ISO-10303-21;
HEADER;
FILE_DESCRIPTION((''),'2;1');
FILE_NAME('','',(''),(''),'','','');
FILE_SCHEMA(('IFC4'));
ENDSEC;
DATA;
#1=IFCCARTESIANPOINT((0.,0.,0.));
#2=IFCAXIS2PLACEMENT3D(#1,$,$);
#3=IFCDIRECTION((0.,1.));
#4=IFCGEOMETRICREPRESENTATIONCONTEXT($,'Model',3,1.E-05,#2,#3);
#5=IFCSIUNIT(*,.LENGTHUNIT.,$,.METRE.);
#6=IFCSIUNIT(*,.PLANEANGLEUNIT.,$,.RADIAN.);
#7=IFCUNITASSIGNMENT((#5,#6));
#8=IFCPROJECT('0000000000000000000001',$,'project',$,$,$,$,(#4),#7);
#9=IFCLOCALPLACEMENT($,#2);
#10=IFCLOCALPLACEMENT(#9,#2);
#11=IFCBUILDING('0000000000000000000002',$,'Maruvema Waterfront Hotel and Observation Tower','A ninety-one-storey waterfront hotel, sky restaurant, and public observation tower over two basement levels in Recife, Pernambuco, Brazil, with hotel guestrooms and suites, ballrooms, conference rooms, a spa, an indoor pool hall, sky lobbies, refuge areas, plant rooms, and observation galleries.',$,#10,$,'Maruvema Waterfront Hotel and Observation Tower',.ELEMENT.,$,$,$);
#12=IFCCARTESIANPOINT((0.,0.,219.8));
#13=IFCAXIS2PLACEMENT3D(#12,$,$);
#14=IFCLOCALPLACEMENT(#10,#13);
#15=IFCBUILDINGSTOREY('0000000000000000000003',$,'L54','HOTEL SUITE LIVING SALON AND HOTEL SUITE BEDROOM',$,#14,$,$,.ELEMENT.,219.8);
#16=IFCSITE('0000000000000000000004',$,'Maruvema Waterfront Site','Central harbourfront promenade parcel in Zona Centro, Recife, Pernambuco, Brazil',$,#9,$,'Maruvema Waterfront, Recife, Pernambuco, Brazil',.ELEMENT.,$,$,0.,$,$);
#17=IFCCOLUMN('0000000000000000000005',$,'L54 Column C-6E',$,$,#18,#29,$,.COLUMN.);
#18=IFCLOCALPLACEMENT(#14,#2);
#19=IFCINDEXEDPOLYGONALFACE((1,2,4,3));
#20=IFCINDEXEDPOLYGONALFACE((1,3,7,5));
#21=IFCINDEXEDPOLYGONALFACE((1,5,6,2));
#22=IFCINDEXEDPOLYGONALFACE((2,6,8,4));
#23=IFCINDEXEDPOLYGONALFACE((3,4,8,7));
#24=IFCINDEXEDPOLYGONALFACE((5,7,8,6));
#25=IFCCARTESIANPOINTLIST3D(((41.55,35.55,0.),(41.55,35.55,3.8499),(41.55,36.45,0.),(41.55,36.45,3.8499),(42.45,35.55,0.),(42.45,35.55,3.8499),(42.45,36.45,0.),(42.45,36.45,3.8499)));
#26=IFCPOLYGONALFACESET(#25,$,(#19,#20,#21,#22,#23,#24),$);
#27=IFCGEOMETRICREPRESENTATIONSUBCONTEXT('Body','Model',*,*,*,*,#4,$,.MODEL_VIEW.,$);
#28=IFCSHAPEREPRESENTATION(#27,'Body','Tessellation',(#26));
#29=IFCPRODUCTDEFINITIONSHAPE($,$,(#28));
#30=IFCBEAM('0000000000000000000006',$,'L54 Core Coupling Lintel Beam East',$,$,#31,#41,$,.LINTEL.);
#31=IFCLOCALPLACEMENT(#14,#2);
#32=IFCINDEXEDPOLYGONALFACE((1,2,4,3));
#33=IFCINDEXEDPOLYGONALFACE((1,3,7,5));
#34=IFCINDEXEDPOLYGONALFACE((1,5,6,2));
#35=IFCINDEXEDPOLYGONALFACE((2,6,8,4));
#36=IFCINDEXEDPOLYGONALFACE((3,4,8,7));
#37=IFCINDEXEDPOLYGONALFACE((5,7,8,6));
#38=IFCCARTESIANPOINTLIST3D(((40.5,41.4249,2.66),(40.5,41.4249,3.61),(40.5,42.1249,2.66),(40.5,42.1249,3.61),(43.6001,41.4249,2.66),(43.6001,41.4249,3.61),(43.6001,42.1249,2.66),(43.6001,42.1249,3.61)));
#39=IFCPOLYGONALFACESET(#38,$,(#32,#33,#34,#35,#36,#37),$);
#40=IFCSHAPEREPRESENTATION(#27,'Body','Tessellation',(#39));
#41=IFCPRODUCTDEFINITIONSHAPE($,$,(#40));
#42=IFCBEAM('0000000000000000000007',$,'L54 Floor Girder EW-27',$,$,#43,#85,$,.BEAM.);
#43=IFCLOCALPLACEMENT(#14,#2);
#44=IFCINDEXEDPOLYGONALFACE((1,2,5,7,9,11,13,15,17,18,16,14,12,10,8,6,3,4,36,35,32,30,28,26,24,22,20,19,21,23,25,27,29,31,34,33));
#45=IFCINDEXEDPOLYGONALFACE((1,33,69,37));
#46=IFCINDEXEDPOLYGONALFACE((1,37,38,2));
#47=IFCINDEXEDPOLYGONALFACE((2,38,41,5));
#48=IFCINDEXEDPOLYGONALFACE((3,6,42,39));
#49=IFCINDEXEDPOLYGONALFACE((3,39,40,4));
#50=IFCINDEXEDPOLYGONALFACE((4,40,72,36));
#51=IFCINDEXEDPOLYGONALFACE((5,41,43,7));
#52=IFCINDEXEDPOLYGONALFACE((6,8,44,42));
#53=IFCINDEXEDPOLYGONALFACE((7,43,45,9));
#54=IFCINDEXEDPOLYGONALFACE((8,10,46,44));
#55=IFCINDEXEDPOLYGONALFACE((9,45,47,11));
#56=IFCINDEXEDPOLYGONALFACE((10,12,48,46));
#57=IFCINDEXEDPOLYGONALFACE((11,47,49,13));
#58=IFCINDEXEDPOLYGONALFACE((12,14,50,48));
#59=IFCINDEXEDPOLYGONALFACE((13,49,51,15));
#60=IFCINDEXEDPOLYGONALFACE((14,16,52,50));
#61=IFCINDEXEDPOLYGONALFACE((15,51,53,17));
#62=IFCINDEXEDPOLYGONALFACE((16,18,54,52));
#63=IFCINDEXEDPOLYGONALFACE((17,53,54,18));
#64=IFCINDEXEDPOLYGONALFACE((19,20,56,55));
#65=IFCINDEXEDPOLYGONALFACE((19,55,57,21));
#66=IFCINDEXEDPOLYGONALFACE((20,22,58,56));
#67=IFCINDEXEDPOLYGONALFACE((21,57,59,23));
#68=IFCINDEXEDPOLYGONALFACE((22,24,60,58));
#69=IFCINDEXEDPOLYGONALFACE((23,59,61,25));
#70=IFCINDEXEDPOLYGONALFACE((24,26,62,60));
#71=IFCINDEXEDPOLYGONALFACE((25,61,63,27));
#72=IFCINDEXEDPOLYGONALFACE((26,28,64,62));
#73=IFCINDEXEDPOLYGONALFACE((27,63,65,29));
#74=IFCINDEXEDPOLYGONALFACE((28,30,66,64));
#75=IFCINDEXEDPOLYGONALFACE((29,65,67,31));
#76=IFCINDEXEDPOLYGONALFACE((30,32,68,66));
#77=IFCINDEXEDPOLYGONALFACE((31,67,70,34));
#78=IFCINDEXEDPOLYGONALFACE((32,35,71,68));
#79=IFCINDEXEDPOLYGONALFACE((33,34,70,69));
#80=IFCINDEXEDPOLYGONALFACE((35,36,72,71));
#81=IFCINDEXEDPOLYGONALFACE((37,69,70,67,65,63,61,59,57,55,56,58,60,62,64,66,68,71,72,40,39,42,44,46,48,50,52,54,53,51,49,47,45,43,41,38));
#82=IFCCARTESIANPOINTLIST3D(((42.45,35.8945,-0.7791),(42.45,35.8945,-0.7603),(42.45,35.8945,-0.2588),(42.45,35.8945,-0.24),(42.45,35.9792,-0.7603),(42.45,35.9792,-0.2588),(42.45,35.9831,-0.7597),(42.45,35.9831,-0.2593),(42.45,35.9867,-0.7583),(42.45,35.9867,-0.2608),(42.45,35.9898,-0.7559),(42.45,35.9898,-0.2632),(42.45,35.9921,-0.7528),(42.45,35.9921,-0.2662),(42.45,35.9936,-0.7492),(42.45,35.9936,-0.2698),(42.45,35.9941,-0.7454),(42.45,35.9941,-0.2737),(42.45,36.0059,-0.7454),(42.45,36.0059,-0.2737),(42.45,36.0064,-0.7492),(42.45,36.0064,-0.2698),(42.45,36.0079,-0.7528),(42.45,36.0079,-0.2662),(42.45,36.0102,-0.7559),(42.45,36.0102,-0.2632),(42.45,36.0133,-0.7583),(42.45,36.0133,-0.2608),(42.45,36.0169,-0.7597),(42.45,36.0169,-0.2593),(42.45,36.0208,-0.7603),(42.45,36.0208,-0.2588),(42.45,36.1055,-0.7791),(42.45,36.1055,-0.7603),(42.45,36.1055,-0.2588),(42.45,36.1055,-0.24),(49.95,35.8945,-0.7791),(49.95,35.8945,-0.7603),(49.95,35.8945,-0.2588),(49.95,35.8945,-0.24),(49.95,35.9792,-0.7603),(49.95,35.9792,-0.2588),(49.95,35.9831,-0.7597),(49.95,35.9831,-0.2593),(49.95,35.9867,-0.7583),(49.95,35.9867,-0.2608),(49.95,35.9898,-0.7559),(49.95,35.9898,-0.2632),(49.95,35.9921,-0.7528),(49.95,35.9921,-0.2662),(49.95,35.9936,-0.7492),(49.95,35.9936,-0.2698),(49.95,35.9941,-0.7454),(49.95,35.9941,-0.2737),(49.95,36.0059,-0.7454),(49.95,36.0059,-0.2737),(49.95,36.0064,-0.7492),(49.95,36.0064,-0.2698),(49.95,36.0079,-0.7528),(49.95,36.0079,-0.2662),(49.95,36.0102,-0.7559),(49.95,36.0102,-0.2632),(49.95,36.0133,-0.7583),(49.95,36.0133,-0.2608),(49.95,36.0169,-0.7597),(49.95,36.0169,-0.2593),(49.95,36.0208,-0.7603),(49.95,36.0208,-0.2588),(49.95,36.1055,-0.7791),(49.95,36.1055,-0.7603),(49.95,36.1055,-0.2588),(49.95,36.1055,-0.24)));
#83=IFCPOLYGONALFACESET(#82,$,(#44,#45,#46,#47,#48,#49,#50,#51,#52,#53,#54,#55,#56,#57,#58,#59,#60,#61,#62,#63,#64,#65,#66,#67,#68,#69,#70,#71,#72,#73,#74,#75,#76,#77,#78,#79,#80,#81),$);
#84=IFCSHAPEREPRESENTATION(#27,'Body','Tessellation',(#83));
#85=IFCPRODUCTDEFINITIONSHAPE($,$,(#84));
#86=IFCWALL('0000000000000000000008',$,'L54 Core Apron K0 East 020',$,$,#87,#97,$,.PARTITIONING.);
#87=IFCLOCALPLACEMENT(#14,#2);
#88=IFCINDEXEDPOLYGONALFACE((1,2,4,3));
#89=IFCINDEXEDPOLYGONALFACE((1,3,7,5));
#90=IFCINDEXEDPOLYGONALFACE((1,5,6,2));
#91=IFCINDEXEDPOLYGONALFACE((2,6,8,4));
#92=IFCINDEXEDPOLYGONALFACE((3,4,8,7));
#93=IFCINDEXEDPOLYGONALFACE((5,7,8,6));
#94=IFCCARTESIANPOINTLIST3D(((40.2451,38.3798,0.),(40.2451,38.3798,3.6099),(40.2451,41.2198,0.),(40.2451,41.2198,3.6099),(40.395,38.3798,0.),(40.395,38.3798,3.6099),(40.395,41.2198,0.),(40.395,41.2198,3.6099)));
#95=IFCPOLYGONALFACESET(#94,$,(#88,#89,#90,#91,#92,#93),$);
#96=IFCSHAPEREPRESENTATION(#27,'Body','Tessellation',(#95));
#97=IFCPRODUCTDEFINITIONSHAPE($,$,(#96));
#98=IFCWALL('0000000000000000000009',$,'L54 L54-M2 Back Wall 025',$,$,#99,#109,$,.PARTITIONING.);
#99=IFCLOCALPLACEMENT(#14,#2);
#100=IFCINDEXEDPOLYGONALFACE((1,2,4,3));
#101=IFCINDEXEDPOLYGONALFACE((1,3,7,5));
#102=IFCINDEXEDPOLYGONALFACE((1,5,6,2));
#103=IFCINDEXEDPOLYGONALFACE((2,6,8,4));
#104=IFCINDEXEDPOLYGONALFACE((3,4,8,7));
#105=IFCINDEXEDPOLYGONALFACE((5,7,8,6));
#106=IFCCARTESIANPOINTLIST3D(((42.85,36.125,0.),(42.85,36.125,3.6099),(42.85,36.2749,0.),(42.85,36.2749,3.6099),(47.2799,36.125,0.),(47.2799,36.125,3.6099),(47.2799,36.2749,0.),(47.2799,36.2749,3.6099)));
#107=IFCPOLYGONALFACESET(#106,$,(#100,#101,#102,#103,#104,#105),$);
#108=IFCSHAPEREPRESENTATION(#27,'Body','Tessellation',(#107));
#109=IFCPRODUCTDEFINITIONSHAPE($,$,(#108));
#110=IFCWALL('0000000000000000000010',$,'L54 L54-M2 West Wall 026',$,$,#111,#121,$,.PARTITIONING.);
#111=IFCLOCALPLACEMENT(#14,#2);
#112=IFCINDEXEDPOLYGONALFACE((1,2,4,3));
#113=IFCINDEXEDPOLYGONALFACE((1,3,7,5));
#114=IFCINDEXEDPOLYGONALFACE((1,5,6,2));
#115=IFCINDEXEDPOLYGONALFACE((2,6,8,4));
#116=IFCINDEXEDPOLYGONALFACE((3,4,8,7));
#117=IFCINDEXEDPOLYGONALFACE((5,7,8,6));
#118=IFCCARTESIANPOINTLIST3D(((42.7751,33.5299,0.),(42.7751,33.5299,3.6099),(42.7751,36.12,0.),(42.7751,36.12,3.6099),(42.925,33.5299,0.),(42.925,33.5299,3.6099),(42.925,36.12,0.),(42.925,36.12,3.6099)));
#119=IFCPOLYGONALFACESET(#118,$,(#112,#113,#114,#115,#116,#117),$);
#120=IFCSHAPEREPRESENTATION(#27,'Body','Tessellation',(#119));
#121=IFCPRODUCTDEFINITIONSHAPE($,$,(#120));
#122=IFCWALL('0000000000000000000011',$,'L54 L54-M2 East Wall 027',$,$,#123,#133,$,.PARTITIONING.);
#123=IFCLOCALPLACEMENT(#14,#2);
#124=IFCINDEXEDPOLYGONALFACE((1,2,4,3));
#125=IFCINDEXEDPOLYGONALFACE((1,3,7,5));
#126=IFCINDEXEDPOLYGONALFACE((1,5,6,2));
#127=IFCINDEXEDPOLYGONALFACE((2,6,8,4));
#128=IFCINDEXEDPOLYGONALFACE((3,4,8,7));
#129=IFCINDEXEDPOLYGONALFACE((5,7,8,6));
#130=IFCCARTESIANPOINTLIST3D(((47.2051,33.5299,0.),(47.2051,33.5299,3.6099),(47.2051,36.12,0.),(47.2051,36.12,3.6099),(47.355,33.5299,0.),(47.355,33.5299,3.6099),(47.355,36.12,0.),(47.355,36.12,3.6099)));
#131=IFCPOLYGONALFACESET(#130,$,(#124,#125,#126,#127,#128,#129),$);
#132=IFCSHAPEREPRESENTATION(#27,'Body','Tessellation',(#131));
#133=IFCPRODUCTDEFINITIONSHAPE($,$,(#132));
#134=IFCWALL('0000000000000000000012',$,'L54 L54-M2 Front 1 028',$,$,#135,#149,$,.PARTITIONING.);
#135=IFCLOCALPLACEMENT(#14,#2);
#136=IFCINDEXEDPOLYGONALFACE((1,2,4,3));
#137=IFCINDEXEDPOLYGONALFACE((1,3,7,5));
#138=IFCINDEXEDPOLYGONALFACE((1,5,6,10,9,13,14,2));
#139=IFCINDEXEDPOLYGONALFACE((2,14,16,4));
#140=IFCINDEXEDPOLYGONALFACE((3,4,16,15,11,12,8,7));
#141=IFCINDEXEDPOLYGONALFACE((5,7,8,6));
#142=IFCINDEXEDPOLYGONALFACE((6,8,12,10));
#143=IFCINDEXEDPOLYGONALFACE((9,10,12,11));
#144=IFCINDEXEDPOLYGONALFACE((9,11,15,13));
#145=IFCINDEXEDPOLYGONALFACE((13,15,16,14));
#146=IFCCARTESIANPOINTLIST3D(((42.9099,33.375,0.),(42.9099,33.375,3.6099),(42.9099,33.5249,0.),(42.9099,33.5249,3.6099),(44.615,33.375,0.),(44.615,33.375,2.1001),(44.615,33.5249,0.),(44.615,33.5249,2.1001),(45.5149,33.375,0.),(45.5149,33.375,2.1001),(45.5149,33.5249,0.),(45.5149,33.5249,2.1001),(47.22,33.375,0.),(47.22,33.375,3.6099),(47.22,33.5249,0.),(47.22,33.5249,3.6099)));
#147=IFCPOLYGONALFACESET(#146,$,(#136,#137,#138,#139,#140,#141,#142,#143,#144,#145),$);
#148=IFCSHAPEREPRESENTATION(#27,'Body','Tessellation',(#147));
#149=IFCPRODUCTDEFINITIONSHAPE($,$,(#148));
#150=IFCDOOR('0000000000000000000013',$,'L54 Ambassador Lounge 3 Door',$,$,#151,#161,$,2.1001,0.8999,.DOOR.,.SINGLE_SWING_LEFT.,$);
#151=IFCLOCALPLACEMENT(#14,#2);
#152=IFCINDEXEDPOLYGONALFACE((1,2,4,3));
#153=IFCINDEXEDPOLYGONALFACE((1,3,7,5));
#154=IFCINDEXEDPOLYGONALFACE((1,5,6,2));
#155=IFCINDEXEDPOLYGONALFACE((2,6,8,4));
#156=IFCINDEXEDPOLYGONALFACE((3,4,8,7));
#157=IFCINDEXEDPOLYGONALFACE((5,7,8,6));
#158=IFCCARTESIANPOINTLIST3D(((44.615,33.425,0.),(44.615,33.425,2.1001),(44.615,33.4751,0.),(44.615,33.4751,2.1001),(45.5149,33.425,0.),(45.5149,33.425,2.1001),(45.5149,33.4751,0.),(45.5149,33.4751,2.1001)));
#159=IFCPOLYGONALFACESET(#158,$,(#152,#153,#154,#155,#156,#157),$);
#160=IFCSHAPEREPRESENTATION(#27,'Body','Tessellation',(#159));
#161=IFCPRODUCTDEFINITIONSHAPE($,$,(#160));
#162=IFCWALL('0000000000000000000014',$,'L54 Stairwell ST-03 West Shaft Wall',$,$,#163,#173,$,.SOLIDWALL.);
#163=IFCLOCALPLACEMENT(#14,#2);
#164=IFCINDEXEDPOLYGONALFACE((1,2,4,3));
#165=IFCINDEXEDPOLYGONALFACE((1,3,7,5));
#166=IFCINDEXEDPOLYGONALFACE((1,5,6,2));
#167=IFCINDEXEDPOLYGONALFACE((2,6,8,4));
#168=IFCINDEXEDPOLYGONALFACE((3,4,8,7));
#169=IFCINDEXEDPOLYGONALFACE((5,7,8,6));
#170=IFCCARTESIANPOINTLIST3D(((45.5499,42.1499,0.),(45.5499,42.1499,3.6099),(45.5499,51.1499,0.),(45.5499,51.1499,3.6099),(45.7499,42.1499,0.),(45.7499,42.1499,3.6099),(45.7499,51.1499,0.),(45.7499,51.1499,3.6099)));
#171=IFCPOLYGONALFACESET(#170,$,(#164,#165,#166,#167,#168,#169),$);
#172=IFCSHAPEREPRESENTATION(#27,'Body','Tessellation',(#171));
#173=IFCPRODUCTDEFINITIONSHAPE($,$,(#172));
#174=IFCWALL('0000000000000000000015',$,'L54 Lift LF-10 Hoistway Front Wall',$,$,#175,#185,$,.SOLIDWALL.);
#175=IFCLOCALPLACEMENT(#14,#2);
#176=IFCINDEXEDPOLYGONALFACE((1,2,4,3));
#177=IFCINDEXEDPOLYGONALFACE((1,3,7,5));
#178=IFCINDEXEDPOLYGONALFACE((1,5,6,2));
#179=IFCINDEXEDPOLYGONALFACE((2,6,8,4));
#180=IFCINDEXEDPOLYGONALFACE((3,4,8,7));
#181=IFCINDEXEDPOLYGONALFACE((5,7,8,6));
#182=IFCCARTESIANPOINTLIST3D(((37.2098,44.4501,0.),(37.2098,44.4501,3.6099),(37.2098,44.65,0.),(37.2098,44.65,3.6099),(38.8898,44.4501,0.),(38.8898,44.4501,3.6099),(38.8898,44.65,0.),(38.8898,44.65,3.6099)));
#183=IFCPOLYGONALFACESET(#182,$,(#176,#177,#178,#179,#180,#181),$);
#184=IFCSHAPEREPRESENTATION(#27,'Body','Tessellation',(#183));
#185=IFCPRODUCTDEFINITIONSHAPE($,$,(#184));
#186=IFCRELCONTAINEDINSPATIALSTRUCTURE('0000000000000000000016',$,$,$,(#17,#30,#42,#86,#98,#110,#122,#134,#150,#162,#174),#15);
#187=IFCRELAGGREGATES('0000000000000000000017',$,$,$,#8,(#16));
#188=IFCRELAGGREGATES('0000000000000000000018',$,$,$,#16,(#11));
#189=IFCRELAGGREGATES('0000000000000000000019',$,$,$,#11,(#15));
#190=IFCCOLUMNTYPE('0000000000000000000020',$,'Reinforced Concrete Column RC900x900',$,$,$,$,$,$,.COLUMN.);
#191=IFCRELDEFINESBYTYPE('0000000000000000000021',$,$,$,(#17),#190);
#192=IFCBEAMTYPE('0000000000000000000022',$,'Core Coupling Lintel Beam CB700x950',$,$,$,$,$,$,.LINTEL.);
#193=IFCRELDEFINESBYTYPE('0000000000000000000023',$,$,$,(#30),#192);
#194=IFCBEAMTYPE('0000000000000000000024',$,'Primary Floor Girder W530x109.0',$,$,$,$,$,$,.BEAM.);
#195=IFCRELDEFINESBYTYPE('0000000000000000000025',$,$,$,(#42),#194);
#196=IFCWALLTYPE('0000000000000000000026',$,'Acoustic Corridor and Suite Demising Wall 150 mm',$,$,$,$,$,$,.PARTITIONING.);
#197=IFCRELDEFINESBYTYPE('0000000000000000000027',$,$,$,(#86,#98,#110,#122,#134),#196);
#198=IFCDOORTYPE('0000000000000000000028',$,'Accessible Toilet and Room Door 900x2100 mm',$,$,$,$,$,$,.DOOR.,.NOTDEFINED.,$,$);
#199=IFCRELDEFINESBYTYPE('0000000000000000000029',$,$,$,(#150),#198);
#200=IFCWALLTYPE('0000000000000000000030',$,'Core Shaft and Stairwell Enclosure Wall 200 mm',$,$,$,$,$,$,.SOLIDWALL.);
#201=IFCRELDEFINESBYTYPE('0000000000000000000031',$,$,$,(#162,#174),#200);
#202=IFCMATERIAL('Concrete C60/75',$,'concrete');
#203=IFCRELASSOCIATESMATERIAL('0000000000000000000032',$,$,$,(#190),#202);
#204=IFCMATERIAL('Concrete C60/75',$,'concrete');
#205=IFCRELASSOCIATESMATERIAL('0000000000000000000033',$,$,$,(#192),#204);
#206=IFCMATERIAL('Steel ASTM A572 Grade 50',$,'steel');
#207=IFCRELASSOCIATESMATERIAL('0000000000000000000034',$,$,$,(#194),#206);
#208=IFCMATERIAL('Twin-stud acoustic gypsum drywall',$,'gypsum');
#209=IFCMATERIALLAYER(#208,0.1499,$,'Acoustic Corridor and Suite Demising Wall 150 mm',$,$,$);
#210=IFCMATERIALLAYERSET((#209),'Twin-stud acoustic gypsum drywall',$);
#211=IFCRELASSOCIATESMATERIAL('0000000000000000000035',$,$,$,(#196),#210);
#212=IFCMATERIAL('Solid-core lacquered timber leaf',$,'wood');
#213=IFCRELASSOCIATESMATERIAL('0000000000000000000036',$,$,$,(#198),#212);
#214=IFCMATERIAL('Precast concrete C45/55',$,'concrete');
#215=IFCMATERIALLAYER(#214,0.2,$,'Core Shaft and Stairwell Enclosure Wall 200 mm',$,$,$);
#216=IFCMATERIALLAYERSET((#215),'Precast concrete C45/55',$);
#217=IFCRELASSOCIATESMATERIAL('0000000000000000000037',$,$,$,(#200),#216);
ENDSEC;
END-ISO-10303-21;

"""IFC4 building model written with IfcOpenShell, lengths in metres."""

from ifc_helpers import new_model, si_unit, direction, frame, frame_2d, origin, origin_2d, place, context, subcontext, project, spatial, rectangle, i_section, extrude, material, layer, layer_set, material_profile, profile_set, type_object, element, fill, save


model = new_model("IFC4")

# Units and contexts
model_context = context("Model", 3, precision=1e-05, world=origin(), true_north=direction((0.0, 1.0)))
body_context = subcontext(model_context, "Body", "Model", "MODEL_VIEW")
ifc_project = project(units=[si_unit("LENGTHUNIT", "METRE"), si_unit("PLANEANGLEUNIT", "RADIAN")], contexts=[model_context])

# Site, building, storey
site_placement = place(None, origin())
site = spatial("IfcSite", under=ifc_project, at=site_placement, Name="Maruvema Waterfront Site", Description="Central harbourfront promenade parcel in Zona Centro, Recife, Pernambuco, Brazil", LongName="Maruvema Waterfront, Recife, Pernambuco, Brazil", CompositionType="ELEMENT", RefElevation=0.0)
building_placement = place(site_placement, origin())
building = spatial("IfcBuilding", under=site, at=building_placement, Name="Maruvema Waterfront Hotel and Observation Tower", Description="A ninety-one-storey waterfront hotel, sky restaurant, and public observation tower over two basement levels in Recife, Pernambuco, Brazil, with hotel guestrooms and suites, ballrooms, conference rooms, a spa, an indoor pool hall, sky lobbies, refuge areas, plant rooms, and observation galleries.", LongName="Maruvema Waterfront Hotel and Observation Tower", CompositionType="ELEMENT")
storey_placement = place(building_placement, frame((0.0, 0.0, 219.8)))
storey = spatial("IfcBuildingStorey", under=building, at=storey_placement, Name="L54", Description="HOTEL SUITE LIVING SALON AND HOTEL SUITE BEDROOM", CompositionType="ELEMENT", Elevation=219.8)

# Column
ifc_material_1 = material(Name="Concrete C60/75", Category="concrete")
ifc_material_profile_1 = material_profile(ifc_material_1, rectangle(XDim=0.8999, YDim=0.8999, at=origin_2d()), Name="RC900x900")
ifc_profile_set_1 = profile_set([ifc_material_profile_1], Name="Concrete C60/75")
column_type = type_object("IfcColumnType", Name="Reinforced Concrete Column RC900x900", PredefinedType="COLUMN", material=ifc_profile_set_1)
column_placement = place(storey_placement, frame((42.0, 36.0, 0.0), z_axis=(0.0, 0.0, 1.0), x_axis=(1.0, 0.0, 0.0)))
element("IfcColumn", 1, at=column_placement, inside=storey, type_object=column_type, Name="L54 Column C-6E", PredefinedType="COLUMN", context=body_context, shape_type="SweptSolid", body=[
    extrude(rectangle(XDim=0.8999, YDim=0.8999, at=origin_2d()), origin(), (0.0, 0.0, 1.0), 3.8499),
])

# Beams
ifc_material_2 = material(Name="Concrete C60/75", Category="concrete")
ifc_material_profile_2 = material_profile(ifc_material_2, rectangle(XDim=0.7, YDim=0.95, at=origin_2d()), Name="CB700x950")
ifc_profile_set_2 = profile_set([ifc_material_profile_2], Name="Concrete C60/75")
beam_type_1 = type_object("IfcBeamType", Name="Core Coupling Lintel Beam CB700x950", PredefinedType="LINTEL", material=ifc_profile_set_2)
beam_1_placement = place(storey_placement, frame((40.5, 41.7749, 3.135), z_axis=(1.0, 0.0, 0.0), x_axis=(0.0, 1.0, 0.0)))
element("IfcBeam", 2, at=beam_1_placement, inside=storey, type_object=beam_type_1, Name="L54 Core Coupling Lintel Beam East", PredefinedType="LINTEL", context=body_context, shape_type="SweptSolid", body=[
    extrude(rectangle(XDim=0.7, YDim=0.95, at=origin_2d()), origin(), (0.0, 0.0, 1.0), 3.1001),
])
ifc_material_3 = material(Name="Steel ASTM A572 Grade 50", Category="steel")
ifc_material_profile_3 = material_profile(ifc_material_3, i_section(OverallWidth=0.2109, OverallDepth=0.5391, WebThickness=0.0117, FlangeThickness=0.0188, FilletRadius=0.0149, at=origin_2d()), Name="W530x109.0")
ifc_profile_set_3 = profile_set([ifc_material_profile_3], Name="Steel ASTM A572 Grade 50")
beam_type_2 = type_object("IfcBeamType", Name="Primary Floor Girder W530x109.0", PredefinedType="BEAM", material=ifc_profile_set_3)
beam_2_placement = place(storey_placement, frame((42.45, 36.0, -0.5095), z_axis=(1.0, 0.0, 0.0), x_axis=(0.0, 1.0, 0.0)))
element("IfcBeam", 3, at=beam_2_placement, inside=storey, type_object=beam_type_2, Name="L54 Floor Girder EW-27", PredefinedType="BEAM", context=body_context, shape_type="SweptSolid", body=[
    extrude(i_section(OverallWidth=0.2109, OverallDepth=0.5391, WebThickness=0.0117, FlangeThickness=0.0188, FilletRadius=0.0149, at=origin_2d()), origin(), (0.0, 0.0, 1.0), 7.5),
])

# Walls
ifc_material_4 = material(Name="Twin-stud acoustic gypsum drywall", Category="gypsum")
ifc_layer_1 = layer(ifc_material_4, 0.1499, Name="Acoustic Corridor and Suite Demising Wall 150 mm")
ifc_layer_set_1 = layer_set([ifc_layer_1], Name="Twin-stud acoustic gypsum drywall")
wall_type_1 = type_object("IfcWallType", Name="Acoustic Corridor and Suite Demising Wall 150 mm", PredefinedType="PARTITIONING", material=ifc_layer_set_1)
wall_1_placement = place(storey_placement, frame((40.3201, 38.3799, 0.0), z_axis=(0.0, 0.0, 1.0), x_axis=(0.0, 1.0, 0.0)))
element("IfcWall", 4, at=wall_1_placement, inside=storey, type_object=wall_type_1, Name="L54 Core Apron K0 East 020", PredefinedType="PARTITIONING", context=body_context, shape_type="SweptSolid", body=[
    extrude(rectangle(XDim=2.8401, YDim=0.1499, at=frame_2d((1.4199, 0.0))), origin(), (0.0, 0.0, 1.0), 3.6099),
])
wall_2_placement = place(storey_placement, frame((42.8501, 36.2, 0.0), z_axis=(0.0, 0.0, 1.0), x_axis=(1.0, 0.0, 0.0)))
element("IfcWall", 5, at=wall_2_placement, inside=storey, type_object=wall_type_1, Name="L54 L54-M2 Back Wall 025", PredefinedType="PARTITIONING", context=body_context, shape_type="SweptSolid", body=[
    extrude(rectangle(XDim=4.4299, YDim=0.1499, at=frame_2d((2.2148, 0.0))), origin(), (0.0, 0.0, 1.0), 3.6099),
])
for number, where, z_axis, x_axis, name in (
    (6, (42.8501, 33.53, 0.0), (0.0, 0.0, 1.0), (0.0, 1.0, 0.0), "L54 L54-M2 West Wall 026"),
    (7, (47.28, 33.53, 0.0), (0.0, 0.0, 1.0), (0.0, 1.0, 0.0), "L54 L54-M2 East Wall 027"),
):
    element("IfcWall", number, at=place(storey_placement, frame(where, z_axis=z_axis, x_axis=x_axis)), inside=storey, type_object=wall_type_1, Name=name, PredefinedType="PARTITIONING", context=body_context, shape_type="SweptSolid", body=[
        extrude(rectangle(XDim=2.5901, YDim=0.1499, at=frame_2d((1.2949, 0.0))), origin(), (0.0, 0.0, 1.0), 3.6099),
    ])

# Wall, opening, door
wall_3_placement = place(storey_placement, frame((42.9099, 33.45, 0.0), z_axis=(0.0, 0.0, 1.0), x_axis=(1.0, 0.0, 0.0)))
wall_3 = element("IfcWall", 8, at=wall_3_placement, inside=storey, type_object=wall_type_1, Name="L54 L54-M2 Front 1 028", PredefinedType="PARTITIONING", context=body_context, shape_type="SweptSolid", body=[
    extrude(rectangle(XDim=4.3101, YDim=0.1499, at=frame_2d((2.155, 0.0))), origin(), (0.0, 0.0, 1.0), 3.6099),
])
opening_1_placement = place(wall_3_placement, frame((1.7051, 0.0, 0.0)))
opening_1 = element("IfcOpeningElement", 9, at=opening_1_placement, cuts=wall_3, PredefinedType="OPENING", context=body_context, shape_type="SweptSolid", body=[
    extrude(rectangle(XDim=0.8999, YDim=2.1001, at=frame_2d((0.45, 1.05))), frame((0.0, 0.085, 0.0), z_axis=(0.0, -1.0, 0.0), x_axis=(1.0, 0.0, 0.0)), (0.0, 0.0, 1.0), 0.1699),
])
ifc_material_5 = material(Name="Solid-core lacquered timber leaf", Category="wood")
door_type_1 = type_object("IfcDoorType", Name="Accessible Toilet and Room Door 900x2100 mm", OperationType="NOTDEFINED", PredefinedType="DOOR", material=ifc_material_5)
door_1_placement = place(opening_1_placement, frame((0.8999, 0.0, 0.0), z_axis=(0.0, 0.0, 1.0), x_axis=(-1.0, 0.0, 0.0)))
door_1 = element("IfcDoor", 10, at=door_1_placement, inside=storey, type_object=door_type_1, Name="L54 Ambassador Lounge 3 Door", OperationType="SINGLE_SWING_LEFT", OverallHeight=2.1001, OverallWidth=0.8999, PredefinedType="DOOR", context=body_context, shape_type="SweptSolid", body=[
    extrude(rectangle(XDim=0.8999, YDim=2.1001, at=frame_2d((0.45, 1.05))), frame((0.0, 0.0249, 0.0), z_axis=(0.0, -1.0, 0.0), x_axis=(1.0, 0.0, 0.0)), (0.0, 0.0, 1.0), 0.05),
])
fill(opening_1, door_1)

# Walls
ifc_material_6 = material(Name="Precast concrete C45/55", Category="concrete")
ifc_layer_2 = layer(ifc_material_6, 0.2, Name="Core Shaft and Stairwell Enclosure Wall 200 mm")
ifc_layer_set_2 = layer_set([ifc_layer_2], Name="Precast concrete C45/55")
wall_type_2 = type_object("IfcWallType", Name="Core Shaft and Stairwell Enclosure Wall 200 mm", PredefinedType="SOLIDWALL", material=ifc_layer_set_2)
wall_4_placement = place(storey_placement, frame((45.6499, 42.1499, 0.0), z_axis=(0.0, 0.0, 1.0), x_axis=(0.0, 1.0, 0.0)))
element("IfcWall", 11, at=wall_4_placement, inside=storey, type_object=wall_type_2, Name="L54 Stairwell ST-03 West Shaft Wall", PredefinedType="SOLIDWALL", context=body_context, shape_type="SweptSolid", body=[
    extrude(rectangle(XDim=9.0, YDim=0.2, at=frame_2d((4.5, 0.0))), origin(), (0.0, 0.0, 1.0), 3.6099),
])
wall_5_placement = place(storey_placement, frame((37.21, 44.55, 0.0), z_axis=(0.0, 0.0, 1.0), x_axis=(1.0, 0.0, 0.0)))
element("IfcWall", 12, at=wall_5_placement, inside=storey, type_object=wall_type_2, Name="L54 Lift LF-10 Hoistway Front Wall", PredefinedType="SOLIDWALL", context=body_context, shape_type="SweptSolid", body=[
    extrude(rectangle(XDim=1.6799, YDim=0.2, at=frame_2d((0.8398, 0.0))), origin(), (0.0, 0.0, 1.0), 3.6099),
])

save(model, "model.ifc")
